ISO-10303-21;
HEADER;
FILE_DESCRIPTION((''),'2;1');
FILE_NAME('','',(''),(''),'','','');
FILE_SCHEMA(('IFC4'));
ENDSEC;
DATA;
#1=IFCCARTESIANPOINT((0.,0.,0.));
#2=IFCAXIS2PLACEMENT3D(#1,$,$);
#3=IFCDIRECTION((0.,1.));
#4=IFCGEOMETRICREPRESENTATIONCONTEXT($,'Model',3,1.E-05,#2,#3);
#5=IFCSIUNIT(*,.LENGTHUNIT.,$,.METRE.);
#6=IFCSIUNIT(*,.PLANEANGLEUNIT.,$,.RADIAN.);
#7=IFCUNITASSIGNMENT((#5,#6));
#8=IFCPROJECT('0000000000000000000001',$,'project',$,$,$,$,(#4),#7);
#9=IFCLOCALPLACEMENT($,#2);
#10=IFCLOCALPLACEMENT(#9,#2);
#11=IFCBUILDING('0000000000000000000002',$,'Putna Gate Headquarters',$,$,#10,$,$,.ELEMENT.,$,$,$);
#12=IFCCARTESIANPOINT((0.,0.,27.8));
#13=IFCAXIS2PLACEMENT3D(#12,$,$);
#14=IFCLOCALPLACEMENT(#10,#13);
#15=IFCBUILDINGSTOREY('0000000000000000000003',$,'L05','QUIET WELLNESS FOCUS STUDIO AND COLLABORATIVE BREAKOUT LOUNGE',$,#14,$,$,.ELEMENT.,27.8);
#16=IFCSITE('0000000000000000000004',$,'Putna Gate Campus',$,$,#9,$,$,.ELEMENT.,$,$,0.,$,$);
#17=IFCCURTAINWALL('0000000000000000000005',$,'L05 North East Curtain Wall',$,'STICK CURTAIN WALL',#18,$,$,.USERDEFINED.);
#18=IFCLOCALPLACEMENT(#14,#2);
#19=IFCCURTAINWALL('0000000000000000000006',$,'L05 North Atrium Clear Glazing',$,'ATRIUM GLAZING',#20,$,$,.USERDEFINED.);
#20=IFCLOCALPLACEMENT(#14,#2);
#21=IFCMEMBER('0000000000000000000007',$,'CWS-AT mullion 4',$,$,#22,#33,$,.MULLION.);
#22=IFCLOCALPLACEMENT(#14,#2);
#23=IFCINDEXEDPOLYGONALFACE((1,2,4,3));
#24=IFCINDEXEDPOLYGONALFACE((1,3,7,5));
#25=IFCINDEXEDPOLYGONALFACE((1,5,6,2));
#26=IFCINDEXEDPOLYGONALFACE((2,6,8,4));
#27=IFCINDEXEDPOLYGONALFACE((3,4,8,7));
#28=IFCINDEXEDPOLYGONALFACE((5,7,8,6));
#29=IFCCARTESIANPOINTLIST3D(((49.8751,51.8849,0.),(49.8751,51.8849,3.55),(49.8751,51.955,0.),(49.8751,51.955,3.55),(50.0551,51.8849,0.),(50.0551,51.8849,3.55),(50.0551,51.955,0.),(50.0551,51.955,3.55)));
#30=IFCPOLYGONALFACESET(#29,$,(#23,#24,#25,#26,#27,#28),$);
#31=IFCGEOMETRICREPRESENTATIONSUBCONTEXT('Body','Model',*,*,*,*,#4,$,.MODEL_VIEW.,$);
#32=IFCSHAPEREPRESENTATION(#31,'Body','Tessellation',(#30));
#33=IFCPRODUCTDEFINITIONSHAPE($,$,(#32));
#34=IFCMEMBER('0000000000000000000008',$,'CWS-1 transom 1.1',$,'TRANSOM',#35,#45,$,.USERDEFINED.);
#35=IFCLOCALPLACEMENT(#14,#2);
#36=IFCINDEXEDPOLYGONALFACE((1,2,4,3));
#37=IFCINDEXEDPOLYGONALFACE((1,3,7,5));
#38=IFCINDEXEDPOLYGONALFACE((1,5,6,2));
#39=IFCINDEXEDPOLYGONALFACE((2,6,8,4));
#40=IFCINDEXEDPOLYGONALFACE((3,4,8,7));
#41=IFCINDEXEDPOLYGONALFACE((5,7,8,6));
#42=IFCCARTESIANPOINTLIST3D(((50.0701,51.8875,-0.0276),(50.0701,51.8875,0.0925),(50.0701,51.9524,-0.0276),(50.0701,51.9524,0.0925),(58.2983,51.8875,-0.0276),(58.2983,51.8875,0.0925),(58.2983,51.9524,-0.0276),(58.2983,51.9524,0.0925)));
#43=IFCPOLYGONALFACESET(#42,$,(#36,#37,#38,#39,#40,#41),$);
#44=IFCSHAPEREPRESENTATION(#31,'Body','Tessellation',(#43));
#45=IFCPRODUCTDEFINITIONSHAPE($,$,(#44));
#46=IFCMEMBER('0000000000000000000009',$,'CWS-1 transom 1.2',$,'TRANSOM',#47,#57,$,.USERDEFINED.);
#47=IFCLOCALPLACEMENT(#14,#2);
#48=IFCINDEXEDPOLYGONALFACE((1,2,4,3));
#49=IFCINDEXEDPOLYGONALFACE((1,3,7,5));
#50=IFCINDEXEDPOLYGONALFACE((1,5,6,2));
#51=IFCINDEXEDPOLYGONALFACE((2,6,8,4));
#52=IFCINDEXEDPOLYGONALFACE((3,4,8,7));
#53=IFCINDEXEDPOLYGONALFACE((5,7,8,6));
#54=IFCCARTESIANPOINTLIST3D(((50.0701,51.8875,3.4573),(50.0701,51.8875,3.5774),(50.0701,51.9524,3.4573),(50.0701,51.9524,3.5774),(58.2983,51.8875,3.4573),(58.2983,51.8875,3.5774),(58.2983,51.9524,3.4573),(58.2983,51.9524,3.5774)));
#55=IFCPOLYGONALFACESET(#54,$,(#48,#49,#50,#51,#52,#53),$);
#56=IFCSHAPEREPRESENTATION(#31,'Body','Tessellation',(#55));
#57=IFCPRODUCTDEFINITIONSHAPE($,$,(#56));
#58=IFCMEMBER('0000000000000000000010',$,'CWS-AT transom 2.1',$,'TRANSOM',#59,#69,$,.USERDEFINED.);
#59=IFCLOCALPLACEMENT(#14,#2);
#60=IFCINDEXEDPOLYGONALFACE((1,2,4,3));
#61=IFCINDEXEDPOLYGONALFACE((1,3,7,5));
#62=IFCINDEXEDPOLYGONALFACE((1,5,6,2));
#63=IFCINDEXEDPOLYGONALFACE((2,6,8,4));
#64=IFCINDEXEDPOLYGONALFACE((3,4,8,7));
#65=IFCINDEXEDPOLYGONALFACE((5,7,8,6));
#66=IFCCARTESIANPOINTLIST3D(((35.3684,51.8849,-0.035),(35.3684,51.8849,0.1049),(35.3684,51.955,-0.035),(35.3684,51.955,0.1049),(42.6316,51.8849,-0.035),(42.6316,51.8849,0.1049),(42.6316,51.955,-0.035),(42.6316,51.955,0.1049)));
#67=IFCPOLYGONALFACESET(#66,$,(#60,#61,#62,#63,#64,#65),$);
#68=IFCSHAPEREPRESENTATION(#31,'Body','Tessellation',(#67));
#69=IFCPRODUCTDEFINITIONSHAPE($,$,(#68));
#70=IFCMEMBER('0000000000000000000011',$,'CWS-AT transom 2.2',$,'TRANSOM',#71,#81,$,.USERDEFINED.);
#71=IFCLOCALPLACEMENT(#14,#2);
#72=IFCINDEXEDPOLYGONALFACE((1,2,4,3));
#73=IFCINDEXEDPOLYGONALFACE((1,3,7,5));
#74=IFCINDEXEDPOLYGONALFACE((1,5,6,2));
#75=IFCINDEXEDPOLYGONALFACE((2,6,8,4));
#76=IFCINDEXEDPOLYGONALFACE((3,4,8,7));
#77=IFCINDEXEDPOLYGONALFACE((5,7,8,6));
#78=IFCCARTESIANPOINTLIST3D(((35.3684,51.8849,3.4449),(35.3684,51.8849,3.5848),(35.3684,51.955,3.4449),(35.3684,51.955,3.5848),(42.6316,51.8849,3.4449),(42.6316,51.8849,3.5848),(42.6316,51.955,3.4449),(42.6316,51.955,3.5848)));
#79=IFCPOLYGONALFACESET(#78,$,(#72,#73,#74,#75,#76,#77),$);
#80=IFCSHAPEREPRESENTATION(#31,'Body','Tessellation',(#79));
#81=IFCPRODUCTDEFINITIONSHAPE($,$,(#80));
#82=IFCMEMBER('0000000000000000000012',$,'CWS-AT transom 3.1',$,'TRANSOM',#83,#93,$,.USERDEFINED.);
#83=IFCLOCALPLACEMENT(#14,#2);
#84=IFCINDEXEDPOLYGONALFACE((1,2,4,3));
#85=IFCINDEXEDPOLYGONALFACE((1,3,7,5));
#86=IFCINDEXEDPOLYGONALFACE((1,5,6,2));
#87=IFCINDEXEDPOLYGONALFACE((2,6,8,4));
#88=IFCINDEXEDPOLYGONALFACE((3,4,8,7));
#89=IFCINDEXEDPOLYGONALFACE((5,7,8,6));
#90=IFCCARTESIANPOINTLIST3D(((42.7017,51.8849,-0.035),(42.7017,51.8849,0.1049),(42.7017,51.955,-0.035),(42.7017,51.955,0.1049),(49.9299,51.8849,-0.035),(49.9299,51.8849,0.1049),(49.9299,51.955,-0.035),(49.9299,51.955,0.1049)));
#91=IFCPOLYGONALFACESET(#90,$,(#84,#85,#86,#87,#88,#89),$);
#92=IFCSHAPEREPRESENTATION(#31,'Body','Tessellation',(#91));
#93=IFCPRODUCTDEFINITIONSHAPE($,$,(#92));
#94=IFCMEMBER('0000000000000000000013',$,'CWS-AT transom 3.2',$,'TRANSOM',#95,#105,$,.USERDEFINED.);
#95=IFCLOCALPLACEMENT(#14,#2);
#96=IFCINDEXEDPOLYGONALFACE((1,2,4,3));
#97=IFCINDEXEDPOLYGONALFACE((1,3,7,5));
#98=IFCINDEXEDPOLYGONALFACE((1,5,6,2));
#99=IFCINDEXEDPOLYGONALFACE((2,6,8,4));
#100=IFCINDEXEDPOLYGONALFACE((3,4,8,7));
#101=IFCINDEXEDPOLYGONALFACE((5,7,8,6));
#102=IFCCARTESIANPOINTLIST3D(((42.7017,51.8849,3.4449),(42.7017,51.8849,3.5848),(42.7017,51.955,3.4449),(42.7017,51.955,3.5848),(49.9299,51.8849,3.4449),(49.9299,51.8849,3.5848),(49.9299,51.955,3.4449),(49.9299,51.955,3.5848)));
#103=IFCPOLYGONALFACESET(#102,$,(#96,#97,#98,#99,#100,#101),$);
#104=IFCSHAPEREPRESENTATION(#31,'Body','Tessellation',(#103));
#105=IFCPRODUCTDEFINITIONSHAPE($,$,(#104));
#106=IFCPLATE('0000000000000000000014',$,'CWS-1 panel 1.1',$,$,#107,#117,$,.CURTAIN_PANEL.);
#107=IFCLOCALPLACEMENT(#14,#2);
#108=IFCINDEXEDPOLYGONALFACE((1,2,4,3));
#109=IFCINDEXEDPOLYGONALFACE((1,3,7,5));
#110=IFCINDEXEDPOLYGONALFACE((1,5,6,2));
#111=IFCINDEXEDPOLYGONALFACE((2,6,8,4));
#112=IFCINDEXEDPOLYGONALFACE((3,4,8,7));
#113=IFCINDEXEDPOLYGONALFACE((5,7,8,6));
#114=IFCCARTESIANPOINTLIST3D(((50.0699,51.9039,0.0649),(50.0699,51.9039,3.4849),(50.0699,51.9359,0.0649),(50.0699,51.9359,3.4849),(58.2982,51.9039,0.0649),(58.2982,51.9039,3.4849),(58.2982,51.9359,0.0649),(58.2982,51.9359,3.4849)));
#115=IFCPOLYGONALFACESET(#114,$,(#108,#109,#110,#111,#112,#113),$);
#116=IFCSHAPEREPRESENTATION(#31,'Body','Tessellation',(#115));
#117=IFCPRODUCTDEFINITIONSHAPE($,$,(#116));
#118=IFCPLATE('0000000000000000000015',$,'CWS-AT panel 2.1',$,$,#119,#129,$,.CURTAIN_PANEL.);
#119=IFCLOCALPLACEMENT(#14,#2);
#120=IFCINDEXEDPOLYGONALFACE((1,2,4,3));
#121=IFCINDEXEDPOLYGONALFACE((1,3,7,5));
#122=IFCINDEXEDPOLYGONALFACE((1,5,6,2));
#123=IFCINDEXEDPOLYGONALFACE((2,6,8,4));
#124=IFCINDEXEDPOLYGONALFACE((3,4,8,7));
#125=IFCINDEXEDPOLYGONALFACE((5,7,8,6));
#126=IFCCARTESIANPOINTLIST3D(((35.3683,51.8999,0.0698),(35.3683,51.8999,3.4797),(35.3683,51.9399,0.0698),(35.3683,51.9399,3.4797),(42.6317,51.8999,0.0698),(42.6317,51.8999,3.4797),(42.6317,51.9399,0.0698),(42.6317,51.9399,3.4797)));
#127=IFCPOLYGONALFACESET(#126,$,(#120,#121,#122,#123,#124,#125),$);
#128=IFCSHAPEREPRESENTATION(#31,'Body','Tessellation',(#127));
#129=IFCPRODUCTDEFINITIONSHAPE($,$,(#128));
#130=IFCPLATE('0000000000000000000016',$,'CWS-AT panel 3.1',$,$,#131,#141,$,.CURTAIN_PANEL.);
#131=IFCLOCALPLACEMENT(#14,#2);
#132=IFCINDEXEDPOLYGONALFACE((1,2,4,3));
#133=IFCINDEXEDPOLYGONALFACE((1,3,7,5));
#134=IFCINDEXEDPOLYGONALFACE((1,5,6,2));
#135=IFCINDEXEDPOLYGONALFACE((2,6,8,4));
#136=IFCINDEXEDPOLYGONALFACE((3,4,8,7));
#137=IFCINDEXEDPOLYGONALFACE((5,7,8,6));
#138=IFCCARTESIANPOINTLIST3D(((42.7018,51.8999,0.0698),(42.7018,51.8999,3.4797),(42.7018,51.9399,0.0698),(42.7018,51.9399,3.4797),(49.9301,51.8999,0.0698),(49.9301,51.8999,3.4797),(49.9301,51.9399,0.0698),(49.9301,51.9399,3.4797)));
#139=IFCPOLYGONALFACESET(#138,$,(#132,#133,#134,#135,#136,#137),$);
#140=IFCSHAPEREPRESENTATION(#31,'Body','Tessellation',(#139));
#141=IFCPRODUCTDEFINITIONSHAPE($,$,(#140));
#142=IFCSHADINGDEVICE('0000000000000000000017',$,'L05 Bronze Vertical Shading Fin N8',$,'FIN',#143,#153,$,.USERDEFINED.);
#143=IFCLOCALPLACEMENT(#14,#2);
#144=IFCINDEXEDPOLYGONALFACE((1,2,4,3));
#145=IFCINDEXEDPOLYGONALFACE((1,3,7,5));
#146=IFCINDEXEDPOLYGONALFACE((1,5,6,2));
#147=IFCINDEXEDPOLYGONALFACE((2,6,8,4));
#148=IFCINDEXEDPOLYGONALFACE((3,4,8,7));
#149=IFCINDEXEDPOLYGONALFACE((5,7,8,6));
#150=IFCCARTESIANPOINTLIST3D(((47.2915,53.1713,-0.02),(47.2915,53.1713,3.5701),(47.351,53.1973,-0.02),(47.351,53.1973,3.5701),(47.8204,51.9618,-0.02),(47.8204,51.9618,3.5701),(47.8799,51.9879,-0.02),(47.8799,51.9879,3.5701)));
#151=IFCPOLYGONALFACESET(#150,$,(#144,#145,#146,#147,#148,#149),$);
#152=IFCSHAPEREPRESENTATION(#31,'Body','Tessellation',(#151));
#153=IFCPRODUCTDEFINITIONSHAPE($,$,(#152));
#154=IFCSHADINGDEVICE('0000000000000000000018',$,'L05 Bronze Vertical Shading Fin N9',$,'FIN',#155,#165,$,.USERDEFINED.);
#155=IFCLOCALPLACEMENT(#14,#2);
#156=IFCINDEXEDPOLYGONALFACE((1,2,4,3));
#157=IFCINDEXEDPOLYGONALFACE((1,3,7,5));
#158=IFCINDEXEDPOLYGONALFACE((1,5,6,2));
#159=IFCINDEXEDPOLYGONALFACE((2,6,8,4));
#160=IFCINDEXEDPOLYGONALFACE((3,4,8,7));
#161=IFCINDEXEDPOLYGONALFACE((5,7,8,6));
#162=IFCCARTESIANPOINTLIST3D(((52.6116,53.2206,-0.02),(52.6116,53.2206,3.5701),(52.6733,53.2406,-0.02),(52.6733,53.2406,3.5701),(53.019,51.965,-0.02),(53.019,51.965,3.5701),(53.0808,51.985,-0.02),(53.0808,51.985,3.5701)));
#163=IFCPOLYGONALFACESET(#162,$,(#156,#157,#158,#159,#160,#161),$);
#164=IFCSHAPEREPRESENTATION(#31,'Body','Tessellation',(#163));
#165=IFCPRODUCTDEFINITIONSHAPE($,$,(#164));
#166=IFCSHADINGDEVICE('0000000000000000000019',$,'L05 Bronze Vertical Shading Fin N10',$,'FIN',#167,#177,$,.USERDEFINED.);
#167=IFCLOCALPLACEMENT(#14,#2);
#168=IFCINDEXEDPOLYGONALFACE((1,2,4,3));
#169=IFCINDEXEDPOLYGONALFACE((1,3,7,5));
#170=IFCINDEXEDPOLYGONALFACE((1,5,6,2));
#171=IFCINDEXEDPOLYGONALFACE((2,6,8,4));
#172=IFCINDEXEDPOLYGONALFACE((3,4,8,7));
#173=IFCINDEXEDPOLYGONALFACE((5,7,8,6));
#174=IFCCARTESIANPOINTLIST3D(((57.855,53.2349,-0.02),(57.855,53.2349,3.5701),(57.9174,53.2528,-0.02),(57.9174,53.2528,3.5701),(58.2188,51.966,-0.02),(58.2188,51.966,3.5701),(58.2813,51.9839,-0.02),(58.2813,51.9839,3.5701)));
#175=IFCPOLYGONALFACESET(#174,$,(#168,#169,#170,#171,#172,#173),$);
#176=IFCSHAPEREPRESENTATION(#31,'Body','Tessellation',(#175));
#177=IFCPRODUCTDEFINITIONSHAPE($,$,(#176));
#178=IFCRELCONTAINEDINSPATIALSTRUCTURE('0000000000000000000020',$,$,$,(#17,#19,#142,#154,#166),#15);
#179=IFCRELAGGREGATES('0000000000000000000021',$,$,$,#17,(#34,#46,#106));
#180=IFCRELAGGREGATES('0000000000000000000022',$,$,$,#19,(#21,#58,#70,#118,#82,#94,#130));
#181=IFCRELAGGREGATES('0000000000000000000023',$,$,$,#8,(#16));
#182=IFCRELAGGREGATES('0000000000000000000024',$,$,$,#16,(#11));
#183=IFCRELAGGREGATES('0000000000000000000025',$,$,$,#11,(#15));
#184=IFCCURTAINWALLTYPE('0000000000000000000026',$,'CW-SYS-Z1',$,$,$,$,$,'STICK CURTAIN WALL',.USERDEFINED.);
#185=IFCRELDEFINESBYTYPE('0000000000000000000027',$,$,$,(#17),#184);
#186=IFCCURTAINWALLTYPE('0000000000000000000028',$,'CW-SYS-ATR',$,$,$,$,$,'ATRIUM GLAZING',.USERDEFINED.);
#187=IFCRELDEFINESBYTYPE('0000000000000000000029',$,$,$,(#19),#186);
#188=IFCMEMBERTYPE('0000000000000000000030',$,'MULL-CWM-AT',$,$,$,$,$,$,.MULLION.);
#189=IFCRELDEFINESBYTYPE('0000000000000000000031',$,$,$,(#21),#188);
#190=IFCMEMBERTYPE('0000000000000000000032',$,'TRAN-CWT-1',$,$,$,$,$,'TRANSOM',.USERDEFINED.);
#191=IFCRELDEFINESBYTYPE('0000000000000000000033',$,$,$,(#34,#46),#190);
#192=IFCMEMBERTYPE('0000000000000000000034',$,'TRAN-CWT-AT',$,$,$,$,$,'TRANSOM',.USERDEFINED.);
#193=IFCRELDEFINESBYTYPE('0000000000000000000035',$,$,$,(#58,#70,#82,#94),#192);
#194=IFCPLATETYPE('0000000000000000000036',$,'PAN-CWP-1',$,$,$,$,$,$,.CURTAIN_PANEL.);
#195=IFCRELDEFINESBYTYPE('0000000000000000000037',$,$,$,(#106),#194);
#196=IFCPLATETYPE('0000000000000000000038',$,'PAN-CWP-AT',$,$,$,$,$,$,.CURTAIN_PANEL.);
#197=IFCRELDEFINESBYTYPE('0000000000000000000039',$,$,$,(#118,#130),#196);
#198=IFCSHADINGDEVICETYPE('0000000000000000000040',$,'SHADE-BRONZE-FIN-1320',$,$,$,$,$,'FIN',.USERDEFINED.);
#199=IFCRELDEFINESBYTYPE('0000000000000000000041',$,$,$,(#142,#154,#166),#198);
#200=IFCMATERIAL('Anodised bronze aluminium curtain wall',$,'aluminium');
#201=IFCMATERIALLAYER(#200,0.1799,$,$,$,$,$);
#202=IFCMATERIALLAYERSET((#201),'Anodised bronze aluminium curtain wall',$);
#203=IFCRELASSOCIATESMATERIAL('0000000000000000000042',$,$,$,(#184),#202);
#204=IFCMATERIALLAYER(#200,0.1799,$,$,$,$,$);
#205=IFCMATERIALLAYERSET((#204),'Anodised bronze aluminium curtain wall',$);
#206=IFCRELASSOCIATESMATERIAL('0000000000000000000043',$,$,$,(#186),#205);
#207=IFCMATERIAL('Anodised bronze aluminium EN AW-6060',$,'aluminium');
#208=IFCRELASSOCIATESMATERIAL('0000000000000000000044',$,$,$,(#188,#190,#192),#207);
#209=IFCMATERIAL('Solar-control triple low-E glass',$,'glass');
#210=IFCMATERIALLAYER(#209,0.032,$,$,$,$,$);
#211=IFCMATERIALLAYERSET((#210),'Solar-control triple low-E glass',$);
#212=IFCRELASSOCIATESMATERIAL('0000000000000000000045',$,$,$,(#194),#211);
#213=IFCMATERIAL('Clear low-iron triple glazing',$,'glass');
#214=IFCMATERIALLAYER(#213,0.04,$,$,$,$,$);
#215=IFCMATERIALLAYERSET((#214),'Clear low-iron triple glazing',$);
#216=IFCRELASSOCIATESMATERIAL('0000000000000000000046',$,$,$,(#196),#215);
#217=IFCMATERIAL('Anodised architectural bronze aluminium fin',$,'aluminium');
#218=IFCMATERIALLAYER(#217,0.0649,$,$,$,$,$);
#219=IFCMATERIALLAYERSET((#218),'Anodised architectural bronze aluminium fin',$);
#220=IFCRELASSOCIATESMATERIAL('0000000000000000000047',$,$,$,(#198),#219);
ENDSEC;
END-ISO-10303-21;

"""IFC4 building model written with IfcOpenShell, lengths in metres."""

from ifc_helpers import new_model, si_unit, direction, frame, origin, origin_2d, place, context, subcontext, project, spatial, rectangle, extrude, material, layer, layer_set, material_profile, profile_set, type_object, element, aggregate, save


model = new_model("IFC4")

# Units and contexts
model_context = context("Model", 3, precision=1e-05, world=origin(), true_north=direction((0.0, 1.0)))
body_context = subcontext(model_context, "Body", "Model", "MODEL_VIEW")
ifc_project = project(units=[si_unit("LENGTHUNIT", "METRE"), si_unit("PLANEANGLEUNIT", "RADIAN")], contexts=[model_context])

# Site, building, storey
site_placement = place(None, origin())
site = spatial("IfcSite", under=ifc_project, at=site_placement, Name="Putna Gate Campus", CompositionType="ELEMENT", RefElevation=0.0)
building_placement = place(site_placement, origin())
building = spatial("IfcBuilding", under=site, at=building_placement, Name="Putna Gate Headquarters", CompositionType="ELEMENT")
storey_placement = place(building_placement, frame((0.0, 0.0, 27.8)))
storey = spatial("IfcBuildingStorey", under=building, at=storey_placement, Name="L05", Description="QUIET WELLNESS FOCUS STUDIO AND COLLABORATIVE BREAKOUT LOUNGE", CompositionType="ELEMENT", Elevation=27.8)

# Curtain walls, member
ifc_material_1 = material(Name="Anodised bronze aluminium curtain wall", Category="aluminium")
ifc_layer_1 = layer(ifc_material_1, 0.1799)
ifc_layer_set_1 = layer_set([ifc_layer_1], Name="Anodised bronze aluminium curtain wall")
curtain_wall_type_1 = type_object("IfcCurtainWallType", Name="CW-SYS-Z1", ElementType="STICK CURTAIN WALL", PredefinedType="USERDEFINED", material=ifc_layer_set_1)
curtain_wall_1_placement = place(storey_placement, origin())
curtain_wall_1 = element("IfcCurtainWall", 1, at=curtain_wall_1_placement, inside=storey, type_object=curtain_wall_type_1, Name="L05 North East Curtain Wall", ObjectType="STICK CURTAIN WALL", PredefinedType="USERDEFINED")
ifc_material_2 = material(Name="Anodised bronze aluminium EN AW-6060", Category="aluminium")
ifc_layer_2 = layer(ifc_material_1, 0.1799)
ifc_layer_set_2 = layer_set([ifc_layer_2], Name="Anodised bronze aluminium curtain wall")
curtain_wall_type_2 = type_object("IfcCurtainWallType", Name="CW-SYS-ATR", ElementType="ATRIUM GLAZING", PredefinedType="USERDEFINED", material=ifc_layer_set_2)
curtain_wall_2_placement = place(storey_placement, origin())
curtain_wall_2 = element("IfcCurtainWall", 2, at=curtain_wall_2_placement, inside=storey, type_object=curtain_wall_type_2, Name="L05 North Atrium Clear Glazing", ObjectType="ATRIUM GLAZING", PredefinedType="USERDEFINED")
ifc_material_profile_1 = material_profile(ifc_material_2, rectangle(XDim=0.0701, YDim=0.1799, at=origin_2d()), Name="Anodised bronze aluminium EN AW-6060")
ifc_profile_set_1 = profile_set([ifc_material_profile_1], Name="Anodised bronze aluminium EN AW-6060")
member_type_1 = type_object("IfcMemberType", Name="MULL-CWM-AT", PredefinedType="MULLION", material=ifc_profile_set_1)
member_1_placement = place(storey_placement, frame((49.9651, 51.9199, 0.0), z_axis=(0.0, 0.0, 1.0), x_axis=(0.0, 1.0, 0.0)))
member_1 = element("IfcMember", 3, at=member_1_placement, type_object=member_type_1, Name="CWS-AT mullion 4", PredefinedType="MULLION", context=body_context, shape_type="SweptSolid", body=[
    extrude(rectangle(XDim=0.0701, YDim=0.1799, at=origin_2d()), origin(), (0.0, 0.0, 1.0), 3.55),
])

# Members
ifc_material_profile_2 = material_profile(ifc_material_2, rectangle(XDim=0.0649, YDim=0.1201, at=origin_2d()), Name="Anodised bronze aluminium EN AW-6060")
ifc_profile_set_2 = profile_set([ifc_material_profile_2], Name="Anodised bronze aluminium EN AW-6060")
member_type_2 = type_object("IfcMemberType", Name="TRAN-CWT-1", ElementType="TRANSOM", PredefinedType="USERDEFINED", material=ifc_profile_set_2)
member_2_placement = place(storey_placement, frame((50.0701, 51.9199, 0.0325), z_axis=(1.0, 0.0, 0.0), x_axis=(0.0, 1.0, 0.0)))
member_2 = element("IfcMember", 4, at=member_2_placement, type_object=member_type_2, Name="CWS-1 transom 1.1", ObjectType="TRANSOM", PredefinedType="USERDEFINED", context=body_context, shape_type="SweptSolid", body=[
    extrude(rectangle(XDim=0.0649, YDim=0.1201, at=origin_2d()), origin(), (0.0, 0.0, 1.0), 8.2283),
])
member_3_placement = place(storey_placement, frame((50.0701, 51.9199, 3.5173), z_axis=(1.0, 0.0, 0.0), x_axis=(0.0, 1.0, 0.0)))
member_3 = element("IfcMember", 5, at=member_3_placement, type_object=member_type_2, Name="CWS-1 transom 1.2", ObjectType="TRANSOM", PredefinedType="USERDEFINED", context=body_context, shape_type="SweptSolid", body=[
    extrude(rectangle(XDim=0.0649, YDim=0.1201, at=origin_2d()), origin(), (0.0, 0.0, 1.0), 8.2283),
])
ifc_material_profile_3 = material_profile(ifc_material_2, rectangle(XDim=0.0701, YDim=0.1399, at=origin_2d()), Name="Anodised bronze aluminium EN AW-6060")
ifc_profile_set_3 = profile_set([ifc_material_profile_3], Name="Anodised bronze aluminium EN AW-6060")
member_type_3 = type_object("IfcMemberType", Name="TRAN-CWT-AT", ElementType="TRANSOM", PredefinedType="USERDEFINED", material=ifc_profile_set_3)
member_4_placement = place(storey_placement, frame((35.3684, 51.9199, 0.0349), z_axis=(1.0, 0.0, 0.0), x_axis=(0.0, 1.0, 0.0)))
member_4 = element("IfcMember", 6, at=member_4_placement, type_object=member_type_3, Name="CWS-AT transom 2.1", ObjectType="TRANSOM", PredefinedType="USERDEFINED", context=body_context, shape_type="SweptSolid", body=[
    extrude(rectangle(XDim=0.0701, YDim=0.1399, at=origin_2d()), origin(), (0.0, 0.0, 1.0), 7.2632),
])
member_5_placement = place(storey_placement, frame((35.3684, 51.9199, 3.5149), z_axis=(1.0, 0.0, 0.0), x_axis=(0.0, 1.0, 0.0)))
member_5 = element("IfcMember", 7, at=member_5_placement, type_object=member_type_3, Name="CWS-AT transom 2.2", ObjectType="TRANSOM", PredefinedType="USERDEFINED", context=body_context, shape_type="SweptSolid", body=[
    extrude(rectangle(XDim=0.0701, YDim=0.1399, at=origin_2d()), origin(), (0.0, 0.0, 1.0), 7.2632),
])
member_6_placement = place(storey_placement, frame((42.7017, 51.9199, 0.0349), z_axis=(1.0, 0.0, 0.0), x_axis=(0.0, 1.0, 0.0)))
member_6 = element("IfcMember", 8, at=member_6_placement, type_object=member_type_3, Name="CWS-AT transom 3.1", ObjectType="TRANSOM", PredefinedType="USERDEFINED", context=body_context, shape_type="SweptSolid", body=[
    extrude(rectangle(XDim=0.0701, YDim=0.1399, at=origin_2d()), origin(), (0.0, 0.0, 1.0), 7.2283),
])
member_7_placement = place(storey_placement, frame((42.7017, 51.9199, 3.5149), z_axis=(1.0, 0.0, 0.0), x_axis=(0.0, 1.0, 0.0)))
member_7 = element("IfcMember", 9, at=member_7_placement, type_object=member_type_3, Name="CWS-AT transom 3.2", ObjectType="TRANSOM", PredefinedType="USERDEFINED", context=body_context, shape_type="SweptSolid", body=[
    extrude(rectangle(XDim=0.0701, YDim=0.1399, at=origin_2d()), origin(), (0.0, 0.0, 1.0), 7.2283),
])

# Plates
ifc_material_3 = material(Name="Solar-control triple low-E glass", Category="glass")
ifc_layer_3 = layer(ifc_material_3, 0.032)
ifc_layer_set_3 = layer_set([ifc_layer_3], Name="Solar-control triple low-E glass")
plate_type_1 = type_object("IfcPlateType", Name="PAN-CWP-1", PredefinedType="CURTAIN_PANEL", material=ifc_layer_set_3)
plate_1_placement = place(storey_placement, frame((54.1841, 51.9199, 0.0649), z_axis=(0.0, 0.0, 1.0), x_axis=(1.0, 0.0, 0.0)))
plate_1 = element("IfcPlate", 10, at=plate_1_placement, type_object=plate_type_1, Name="CWS-1 panel 1.1", PredefinedType="CURTAIN_PANEL", context=body_context, shape_type="SweptSolid", body=[
    extrude(rectangle(XDim=8.2283, YDim=0.032, at=origin_2d()), origin(), (0.0, 0.0, 1.0), 3.4199),
])
aggregate(curtain_wall_1, [member_2, member_3, plate_1])
ifc_material_4 = material(Name="Clear low-iron triple glazing", Category="glass")
ifc_layer_4 = layer(ifc_material_4, 0.04)
ifc_layer_set_4 = layer_set([ifc_layer_4], Name="Clear low-iron triple glazing")
plate_type_2 = type_object("IfcPlateType", Name="PAN-CWP-AT", PredefinedType="CURTAIN_PANEL", material=ifc_layer_set_4)
plate_2_placement = place(storey_placement, frame((39.0, 51.9199, 0.0698), z_axis=(0.0, 0.0, 1.0), x_axis=(1.0, 0.0, 0.0)))
plate_2 = element("IfcPlate", 11, at=plate_2_placement, type_object=plate_type_2, Name="CWS-AT panel 2.1", PredefinedType="CURTAIN_PANEL", context=body_context, shape_type="SweptSolid", body=[
    extrude(rectangle(XDim=7.2634, YDim=0.04, at=origin_2d()), origin(), (0.0, 0.0, 1.0), 3.4099),
])
plate_3_placement = place(storey_placement, frame((46.3159, 51.9199, 0.0698), z_axis=(0.0, 0.0, 1.0), x_axis=(1.0, 0.0, 0.0)))
plate_3 = element("IfcPlate", 12, at=plate_3_placement, type_object=plate_type_2, Name="CWS-AT panel 3.1", PredefinedType="CURTAIN_PANEL", context=body_context, shape_type="SweptSolid", body=[
    extrude(rectangle(XDim=7.2283, YDim=0.04, at=origin_2d()), origin(), (0.0, 0.0, 1.0), 3.4099),
])
aggregate(curtain_wall_2, [member_1, member_4, member_5, plate_2, member_6, member_7, plate_3])

# Shading devices
ifc_material_5 = material(Name="Anodised architectural bronze aluminium fin", Category="aluminium")
ifc_layer_5 = layer(ifc_material_5, 0.0649)
ifc_layer_set_5 = layer_set([ifc_layer_5], Name="Anodised architectural bronze aluminium fin")
shading_device_type = type_object("IfcShadingDeviceType", Name="SHADE-BRONZE-FIN-1320", ElementType="FIN", PredefinedType="USERDEFINED", material=ifc_layer_set_5)
for number, where, z_axis, x_axis, name in (
    (13, (47.5857, 52.5796, -0.02), (0.0, 0.0, 1.0), (-0.400669, 0.916223, 0.0), "L05 Bronze Vertical Shading Fin N8"),
    (14, (52.8462, 52.6028, -0.02), (0.0, 0.0, 1.0), (-0.308685, 0.951164, 0.0), "L05 Bronze Vertical Shading Fin N9"),
    (15, (58.0681, 52.6094, -0.02), (0.0, 0.0, 1.0), (-0.275637, 0.961262, 0.0), "L05 Bronze Vertical Shading Fin N10"),
):
    element("IfcShadingDevice", number, at=place(storey_placement, frame(where, z_axis=z_axis, x_axis=x_axis)), inside=storey, type_object=shading_device_type, Name=name, ObjectType="FIN", PredefinedType="USERDEFINED", context=body_context, shape_type="SweptSolid", body=[
        extrude(rectangle(XDim=1.3201, YDim=0.0649, at=origin_2d()), origin(), (0.0, 0.0, 1.0), 3.5901),
    ])

save(model, "model.ifc")
